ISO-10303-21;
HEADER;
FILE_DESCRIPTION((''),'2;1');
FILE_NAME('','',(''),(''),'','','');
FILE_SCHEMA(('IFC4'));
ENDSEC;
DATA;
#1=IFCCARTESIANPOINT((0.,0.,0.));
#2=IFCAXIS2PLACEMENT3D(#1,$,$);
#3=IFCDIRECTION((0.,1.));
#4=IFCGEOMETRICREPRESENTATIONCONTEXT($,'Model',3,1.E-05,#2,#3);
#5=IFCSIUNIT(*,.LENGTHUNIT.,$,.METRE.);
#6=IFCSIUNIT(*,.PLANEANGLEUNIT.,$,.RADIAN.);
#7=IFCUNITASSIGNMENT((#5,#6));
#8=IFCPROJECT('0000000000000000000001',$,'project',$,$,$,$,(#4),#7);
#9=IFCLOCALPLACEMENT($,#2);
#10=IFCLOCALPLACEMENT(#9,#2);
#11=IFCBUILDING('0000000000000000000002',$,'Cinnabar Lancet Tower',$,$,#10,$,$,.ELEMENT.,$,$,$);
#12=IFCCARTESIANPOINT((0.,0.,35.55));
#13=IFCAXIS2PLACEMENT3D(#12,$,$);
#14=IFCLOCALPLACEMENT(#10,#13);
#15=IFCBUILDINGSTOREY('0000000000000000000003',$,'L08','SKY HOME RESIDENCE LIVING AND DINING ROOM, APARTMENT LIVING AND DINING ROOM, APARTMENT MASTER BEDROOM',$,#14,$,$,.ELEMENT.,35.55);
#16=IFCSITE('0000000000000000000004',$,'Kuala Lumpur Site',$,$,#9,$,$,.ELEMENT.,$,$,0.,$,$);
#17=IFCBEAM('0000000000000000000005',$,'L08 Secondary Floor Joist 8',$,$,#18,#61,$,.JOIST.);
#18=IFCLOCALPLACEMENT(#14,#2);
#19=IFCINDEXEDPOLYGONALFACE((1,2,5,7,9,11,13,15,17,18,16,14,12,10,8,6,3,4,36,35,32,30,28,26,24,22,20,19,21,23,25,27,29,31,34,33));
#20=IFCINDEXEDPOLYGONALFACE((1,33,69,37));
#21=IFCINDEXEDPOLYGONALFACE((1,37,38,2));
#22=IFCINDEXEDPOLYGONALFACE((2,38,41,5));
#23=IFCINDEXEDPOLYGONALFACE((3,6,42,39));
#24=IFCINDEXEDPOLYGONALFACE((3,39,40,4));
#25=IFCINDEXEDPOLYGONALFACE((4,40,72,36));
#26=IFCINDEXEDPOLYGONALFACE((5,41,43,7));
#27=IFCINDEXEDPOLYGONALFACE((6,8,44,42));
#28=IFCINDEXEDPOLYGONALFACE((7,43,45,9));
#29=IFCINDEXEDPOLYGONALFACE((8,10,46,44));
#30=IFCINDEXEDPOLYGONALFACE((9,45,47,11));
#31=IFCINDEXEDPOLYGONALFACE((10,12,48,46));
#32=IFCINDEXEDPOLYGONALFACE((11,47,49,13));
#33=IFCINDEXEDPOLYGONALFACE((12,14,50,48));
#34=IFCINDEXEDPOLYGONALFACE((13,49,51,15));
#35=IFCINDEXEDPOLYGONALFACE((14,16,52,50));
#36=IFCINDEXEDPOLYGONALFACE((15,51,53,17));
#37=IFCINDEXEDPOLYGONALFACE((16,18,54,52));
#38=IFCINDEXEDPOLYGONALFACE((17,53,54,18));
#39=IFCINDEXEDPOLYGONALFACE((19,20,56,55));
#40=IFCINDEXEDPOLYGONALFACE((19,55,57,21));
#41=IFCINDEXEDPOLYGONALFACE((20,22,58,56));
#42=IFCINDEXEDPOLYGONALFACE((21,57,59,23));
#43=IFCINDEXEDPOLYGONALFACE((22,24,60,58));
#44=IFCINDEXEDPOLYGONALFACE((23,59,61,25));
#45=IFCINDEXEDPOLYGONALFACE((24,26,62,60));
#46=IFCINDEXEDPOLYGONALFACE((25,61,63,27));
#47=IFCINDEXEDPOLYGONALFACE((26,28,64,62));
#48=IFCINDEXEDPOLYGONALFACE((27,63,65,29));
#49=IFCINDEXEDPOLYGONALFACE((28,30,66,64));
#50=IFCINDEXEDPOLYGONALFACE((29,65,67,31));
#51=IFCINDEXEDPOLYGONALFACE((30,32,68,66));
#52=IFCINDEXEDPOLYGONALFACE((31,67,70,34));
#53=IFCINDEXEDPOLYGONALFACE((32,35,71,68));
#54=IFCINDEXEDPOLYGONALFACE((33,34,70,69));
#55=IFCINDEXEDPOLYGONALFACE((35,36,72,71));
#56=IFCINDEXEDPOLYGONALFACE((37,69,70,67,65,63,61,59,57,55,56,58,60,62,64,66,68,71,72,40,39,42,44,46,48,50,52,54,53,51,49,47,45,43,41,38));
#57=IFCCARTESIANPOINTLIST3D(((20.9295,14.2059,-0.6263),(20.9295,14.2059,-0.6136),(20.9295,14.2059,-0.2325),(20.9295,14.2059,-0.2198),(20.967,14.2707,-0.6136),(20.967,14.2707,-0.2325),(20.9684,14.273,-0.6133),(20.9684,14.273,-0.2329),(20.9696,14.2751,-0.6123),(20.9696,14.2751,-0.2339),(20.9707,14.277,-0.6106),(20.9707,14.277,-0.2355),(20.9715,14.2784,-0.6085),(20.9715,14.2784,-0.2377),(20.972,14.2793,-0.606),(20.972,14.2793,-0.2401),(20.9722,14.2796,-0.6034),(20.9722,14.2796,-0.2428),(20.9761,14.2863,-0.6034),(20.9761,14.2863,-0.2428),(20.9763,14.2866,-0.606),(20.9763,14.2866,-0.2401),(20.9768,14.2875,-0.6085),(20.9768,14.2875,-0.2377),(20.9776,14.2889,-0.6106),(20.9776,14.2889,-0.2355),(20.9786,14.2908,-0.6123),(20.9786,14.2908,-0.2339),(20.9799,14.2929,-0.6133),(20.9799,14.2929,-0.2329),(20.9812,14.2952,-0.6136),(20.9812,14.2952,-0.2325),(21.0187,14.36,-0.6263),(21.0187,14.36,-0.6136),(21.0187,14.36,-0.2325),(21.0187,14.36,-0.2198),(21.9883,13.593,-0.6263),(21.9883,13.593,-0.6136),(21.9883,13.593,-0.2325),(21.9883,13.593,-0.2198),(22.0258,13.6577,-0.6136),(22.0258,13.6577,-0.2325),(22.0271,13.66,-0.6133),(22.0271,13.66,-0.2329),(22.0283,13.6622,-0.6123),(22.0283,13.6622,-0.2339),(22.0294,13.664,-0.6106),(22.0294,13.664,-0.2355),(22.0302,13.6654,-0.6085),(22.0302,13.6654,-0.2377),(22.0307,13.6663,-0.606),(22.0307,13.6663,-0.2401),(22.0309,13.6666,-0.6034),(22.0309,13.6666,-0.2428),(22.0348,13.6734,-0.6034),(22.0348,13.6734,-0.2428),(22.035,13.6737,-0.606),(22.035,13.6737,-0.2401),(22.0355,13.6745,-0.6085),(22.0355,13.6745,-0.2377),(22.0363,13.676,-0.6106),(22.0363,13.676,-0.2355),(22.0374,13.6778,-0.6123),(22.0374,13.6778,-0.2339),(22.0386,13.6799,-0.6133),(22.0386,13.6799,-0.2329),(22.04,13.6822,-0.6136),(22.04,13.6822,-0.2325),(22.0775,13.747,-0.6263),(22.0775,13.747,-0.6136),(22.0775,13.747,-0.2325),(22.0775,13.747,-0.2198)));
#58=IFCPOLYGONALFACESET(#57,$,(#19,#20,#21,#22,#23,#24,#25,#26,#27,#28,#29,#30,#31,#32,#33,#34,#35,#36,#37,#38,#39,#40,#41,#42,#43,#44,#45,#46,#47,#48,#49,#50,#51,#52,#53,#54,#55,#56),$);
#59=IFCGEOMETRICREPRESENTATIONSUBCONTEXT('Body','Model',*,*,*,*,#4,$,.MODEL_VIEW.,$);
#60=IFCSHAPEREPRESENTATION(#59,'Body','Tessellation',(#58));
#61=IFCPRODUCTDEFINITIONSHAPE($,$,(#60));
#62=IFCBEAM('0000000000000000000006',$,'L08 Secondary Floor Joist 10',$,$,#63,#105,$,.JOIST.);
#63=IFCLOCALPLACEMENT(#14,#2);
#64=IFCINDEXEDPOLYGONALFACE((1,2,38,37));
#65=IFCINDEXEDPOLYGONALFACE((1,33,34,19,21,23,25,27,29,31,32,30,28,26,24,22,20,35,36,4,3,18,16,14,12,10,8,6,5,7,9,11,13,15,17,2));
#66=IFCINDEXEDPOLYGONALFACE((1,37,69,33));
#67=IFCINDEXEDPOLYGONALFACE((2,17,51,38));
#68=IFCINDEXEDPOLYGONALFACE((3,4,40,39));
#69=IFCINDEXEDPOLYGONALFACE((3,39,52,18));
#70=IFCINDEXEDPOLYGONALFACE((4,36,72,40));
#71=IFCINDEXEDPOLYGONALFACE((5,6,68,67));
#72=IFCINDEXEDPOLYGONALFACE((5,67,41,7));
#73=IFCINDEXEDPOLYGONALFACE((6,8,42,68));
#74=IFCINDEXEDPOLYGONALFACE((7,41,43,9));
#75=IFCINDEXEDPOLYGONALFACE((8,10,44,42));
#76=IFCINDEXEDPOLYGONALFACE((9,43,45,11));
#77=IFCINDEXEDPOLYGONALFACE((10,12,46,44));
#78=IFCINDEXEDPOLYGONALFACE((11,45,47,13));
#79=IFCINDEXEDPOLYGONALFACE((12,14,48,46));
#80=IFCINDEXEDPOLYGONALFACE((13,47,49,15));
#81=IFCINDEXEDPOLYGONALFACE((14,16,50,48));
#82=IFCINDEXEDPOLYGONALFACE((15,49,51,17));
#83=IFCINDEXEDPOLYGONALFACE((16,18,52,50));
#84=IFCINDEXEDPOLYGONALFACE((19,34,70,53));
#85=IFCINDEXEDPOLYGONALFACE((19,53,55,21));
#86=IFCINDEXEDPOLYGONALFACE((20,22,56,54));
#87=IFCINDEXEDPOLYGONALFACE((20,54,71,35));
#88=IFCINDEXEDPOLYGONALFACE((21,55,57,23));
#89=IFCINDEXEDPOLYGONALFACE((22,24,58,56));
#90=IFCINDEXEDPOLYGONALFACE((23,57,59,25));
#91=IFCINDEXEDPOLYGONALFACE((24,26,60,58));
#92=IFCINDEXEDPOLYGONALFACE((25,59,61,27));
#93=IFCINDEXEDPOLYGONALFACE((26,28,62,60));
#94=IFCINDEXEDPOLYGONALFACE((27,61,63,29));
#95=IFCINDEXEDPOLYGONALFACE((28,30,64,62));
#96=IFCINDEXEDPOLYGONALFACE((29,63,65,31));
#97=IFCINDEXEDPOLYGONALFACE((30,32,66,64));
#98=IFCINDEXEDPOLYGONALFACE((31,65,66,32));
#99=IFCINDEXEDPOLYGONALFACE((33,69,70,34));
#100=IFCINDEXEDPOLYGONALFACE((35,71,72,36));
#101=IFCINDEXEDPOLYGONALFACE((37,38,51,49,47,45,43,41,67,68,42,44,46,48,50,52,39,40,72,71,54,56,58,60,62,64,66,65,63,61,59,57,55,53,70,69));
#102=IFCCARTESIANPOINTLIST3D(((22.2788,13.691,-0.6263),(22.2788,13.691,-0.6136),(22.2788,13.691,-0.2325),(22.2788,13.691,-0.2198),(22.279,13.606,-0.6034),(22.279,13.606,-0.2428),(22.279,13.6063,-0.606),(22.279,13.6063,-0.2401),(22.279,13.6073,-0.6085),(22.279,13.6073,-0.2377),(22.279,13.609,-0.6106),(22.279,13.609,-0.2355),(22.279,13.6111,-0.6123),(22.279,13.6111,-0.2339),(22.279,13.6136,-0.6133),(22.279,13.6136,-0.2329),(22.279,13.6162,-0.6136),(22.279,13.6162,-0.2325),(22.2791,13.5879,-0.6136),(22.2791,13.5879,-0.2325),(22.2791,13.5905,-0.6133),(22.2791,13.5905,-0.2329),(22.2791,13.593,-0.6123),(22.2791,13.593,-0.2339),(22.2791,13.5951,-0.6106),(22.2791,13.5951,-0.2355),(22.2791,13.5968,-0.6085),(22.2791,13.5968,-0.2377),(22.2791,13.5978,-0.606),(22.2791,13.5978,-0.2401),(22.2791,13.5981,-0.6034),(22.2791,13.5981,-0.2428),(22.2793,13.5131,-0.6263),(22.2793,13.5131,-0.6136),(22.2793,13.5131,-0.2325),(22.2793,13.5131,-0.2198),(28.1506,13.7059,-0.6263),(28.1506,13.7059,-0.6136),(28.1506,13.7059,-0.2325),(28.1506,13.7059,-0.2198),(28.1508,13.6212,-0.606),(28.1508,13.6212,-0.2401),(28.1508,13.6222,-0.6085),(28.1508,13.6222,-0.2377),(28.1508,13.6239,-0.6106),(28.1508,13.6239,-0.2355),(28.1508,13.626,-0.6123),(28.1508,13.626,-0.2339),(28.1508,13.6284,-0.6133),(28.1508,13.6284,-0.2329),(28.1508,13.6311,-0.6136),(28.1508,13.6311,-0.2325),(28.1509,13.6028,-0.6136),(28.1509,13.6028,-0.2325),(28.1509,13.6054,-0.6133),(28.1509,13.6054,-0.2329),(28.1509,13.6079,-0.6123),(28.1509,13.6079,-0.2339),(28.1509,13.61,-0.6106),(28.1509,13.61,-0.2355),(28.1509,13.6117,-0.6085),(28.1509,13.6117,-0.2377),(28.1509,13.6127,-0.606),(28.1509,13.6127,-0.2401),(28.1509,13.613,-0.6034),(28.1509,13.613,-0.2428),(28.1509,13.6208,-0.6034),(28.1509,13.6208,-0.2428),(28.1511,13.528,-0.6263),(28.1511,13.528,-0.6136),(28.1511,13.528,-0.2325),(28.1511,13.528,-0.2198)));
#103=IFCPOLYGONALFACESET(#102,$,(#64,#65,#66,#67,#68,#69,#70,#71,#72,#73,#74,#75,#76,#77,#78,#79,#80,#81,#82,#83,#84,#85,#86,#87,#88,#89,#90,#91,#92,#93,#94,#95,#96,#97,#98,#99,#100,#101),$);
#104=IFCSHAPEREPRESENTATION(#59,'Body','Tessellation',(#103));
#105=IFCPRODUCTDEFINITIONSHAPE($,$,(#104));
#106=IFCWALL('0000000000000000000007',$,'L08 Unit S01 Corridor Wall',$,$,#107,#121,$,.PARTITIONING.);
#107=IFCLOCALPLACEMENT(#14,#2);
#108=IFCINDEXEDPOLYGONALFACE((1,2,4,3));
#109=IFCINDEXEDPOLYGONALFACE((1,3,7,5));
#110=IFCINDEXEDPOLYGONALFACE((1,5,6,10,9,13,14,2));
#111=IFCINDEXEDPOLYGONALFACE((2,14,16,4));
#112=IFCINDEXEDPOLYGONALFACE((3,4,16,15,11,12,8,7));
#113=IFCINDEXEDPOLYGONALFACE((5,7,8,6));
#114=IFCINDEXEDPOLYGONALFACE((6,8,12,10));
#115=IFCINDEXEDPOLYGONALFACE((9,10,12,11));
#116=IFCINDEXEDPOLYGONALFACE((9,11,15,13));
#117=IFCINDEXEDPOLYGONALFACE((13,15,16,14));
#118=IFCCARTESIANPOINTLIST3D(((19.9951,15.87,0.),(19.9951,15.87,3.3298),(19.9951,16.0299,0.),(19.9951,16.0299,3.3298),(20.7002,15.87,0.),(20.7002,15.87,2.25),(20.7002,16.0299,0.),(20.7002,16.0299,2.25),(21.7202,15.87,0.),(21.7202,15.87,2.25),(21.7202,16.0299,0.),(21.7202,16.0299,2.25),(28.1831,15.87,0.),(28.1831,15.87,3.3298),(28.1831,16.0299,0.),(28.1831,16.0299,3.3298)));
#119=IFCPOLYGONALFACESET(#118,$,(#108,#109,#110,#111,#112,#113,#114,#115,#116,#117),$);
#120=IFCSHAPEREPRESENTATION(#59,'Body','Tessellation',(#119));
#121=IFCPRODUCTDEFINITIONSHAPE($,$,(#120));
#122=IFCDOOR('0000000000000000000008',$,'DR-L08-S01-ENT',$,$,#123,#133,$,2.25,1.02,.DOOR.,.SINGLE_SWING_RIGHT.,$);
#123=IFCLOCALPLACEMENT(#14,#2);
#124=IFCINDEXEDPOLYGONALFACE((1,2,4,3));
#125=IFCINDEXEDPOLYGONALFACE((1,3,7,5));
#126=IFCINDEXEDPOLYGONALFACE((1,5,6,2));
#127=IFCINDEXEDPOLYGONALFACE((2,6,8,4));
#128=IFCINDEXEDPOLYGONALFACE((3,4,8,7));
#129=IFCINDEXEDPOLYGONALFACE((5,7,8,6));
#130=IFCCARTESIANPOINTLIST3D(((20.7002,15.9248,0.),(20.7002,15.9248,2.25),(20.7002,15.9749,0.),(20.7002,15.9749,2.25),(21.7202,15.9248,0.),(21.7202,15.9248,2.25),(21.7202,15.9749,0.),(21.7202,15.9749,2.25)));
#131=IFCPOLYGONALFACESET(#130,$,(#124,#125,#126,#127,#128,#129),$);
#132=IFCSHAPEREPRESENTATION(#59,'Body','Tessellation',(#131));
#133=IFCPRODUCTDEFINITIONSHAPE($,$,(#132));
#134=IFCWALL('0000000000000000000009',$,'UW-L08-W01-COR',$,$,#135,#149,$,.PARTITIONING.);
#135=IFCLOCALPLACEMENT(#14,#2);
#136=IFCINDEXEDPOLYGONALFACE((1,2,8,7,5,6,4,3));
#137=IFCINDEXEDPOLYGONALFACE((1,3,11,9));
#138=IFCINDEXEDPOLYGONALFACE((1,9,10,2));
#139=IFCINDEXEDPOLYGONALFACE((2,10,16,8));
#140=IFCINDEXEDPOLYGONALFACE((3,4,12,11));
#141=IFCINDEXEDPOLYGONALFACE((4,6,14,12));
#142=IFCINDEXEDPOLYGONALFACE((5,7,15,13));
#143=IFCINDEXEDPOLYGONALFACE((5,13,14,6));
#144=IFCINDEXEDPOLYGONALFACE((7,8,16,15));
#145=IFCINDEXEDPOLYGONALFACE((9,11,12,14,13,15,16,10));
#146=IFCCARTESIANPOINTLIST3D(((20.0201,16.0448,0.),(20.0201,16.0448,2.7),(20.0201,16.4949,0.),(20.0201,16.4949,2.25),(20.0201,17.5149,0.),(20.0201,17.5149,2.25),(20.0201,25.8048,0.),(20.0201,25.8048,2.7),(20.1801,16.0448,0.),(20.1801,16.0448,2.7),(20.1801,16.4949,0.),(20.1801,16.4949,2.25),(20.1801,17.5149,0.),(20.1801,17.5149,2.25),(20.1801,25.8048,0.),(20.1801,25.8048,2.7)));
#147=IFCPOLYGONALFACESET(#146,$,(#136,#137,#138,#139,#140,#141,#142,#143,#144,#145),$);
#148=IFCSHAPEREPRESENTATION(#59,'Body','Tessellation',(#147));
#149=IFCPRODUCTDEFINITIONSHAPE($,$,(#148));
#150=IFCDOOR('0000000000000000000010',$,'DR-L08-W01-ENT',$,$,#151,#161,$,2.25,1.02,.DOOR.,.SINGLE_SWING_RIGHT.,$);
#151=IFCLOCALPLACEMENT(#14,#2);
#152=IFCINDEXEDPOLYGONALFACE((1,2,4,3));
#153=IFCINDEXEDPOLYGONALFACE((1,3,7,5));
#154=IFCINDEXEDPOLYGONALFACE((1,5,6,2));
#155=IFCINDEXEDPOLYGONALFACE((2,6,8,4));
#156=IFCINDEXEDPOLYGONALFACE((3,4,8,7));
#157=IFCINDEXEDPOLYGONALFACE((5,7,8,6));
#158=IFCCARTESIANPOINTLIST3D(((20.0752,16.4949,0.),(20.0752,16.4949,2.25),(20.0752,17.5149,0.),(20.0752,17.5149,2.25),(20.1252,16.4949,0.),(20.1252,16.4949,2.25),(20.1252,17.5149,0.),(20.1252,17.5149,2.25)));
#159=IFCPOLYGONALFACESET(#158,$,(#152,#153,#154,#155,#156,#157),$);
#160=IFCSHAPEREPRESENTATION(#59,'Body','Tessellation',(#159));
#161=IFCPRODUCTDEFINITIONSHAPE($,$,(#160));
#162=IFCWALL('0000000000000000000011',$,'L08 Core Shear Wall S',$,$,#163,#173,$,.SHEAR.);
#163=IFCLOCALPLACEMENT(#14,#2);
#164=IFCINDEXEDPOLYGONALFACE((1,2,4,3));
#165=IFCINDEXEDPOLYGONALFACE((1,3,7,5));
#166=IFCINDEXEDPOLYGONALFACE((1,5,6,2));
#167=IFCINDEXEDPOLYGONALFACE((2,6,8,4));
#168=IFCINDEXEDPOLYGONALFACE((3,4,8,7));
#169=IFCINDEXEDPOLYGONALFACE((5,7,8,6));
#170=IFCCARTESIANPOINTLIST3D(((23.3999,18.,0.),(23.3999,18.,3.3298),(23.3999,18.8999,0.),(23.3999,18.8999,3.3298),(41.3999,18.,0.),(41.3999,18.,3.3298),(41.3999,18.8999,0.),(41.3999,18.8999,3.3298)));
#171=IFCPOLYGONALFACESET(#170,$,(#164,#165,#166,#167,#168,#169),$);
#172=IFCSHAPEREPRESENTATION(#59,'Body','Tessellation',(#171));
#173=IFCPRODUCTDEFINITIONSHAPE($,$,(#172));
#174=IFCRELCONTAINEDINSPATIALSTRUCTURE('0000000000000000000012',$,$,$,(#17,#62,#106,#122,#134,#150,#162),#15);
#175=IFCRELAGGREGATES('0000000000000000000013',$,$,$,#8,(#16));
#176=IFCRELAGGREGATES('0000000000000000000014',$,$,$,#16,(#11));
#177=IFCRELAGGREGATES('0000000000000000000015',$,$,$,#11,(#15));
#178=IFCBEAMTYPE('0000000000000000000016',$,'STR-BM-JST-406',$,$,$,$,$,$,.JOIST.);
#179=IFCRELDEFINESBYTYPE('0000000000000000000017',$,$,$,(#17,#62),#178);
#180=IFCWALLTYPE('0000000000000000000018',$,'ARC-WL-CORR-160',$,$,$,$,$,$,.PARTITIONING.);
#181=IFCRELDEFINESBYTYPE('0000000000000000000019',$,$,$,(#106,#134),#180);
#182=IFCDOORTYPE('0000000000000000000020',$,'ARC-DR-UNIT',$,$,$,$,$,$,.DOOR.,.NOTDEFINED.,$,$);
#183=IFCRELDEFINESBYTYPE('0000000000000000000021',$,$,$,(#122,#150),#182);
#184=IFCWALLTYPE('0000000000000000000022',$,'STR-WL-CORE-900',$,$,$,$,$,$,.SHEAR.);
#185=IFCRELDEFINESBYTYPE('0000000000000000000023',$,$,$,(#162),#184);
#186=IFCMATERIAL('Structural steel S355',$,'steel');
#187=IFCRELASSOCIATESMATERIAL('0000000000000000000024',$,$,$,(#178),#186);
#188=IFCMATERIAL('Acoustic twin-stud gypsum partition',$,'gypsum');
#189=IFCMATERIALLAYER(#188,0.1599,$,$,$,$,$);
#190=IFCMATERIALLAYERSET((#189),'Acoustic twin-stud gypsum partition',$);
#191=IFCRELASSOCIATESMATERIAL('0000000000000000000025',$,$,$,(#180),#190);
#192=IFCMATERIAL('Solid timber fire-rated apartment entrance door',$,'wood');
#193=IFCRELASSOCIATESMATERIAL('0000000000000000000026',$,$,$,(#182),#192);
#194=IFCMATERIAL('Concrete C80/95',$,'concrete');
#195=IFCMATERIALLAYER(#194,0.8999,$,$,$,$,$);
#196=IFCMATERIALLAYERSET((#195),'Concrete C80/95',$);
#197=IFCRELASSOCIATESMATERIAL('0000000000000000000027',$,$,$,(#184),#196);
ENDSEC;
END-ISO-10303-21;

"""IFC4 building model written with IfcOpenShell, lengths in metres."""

from ifc_helpers import new_model, si_unit, direction, frame, frame_2d, origin, origin_2d, place, context, subcontext, project, spatial, rectangle, i_section, extrude, material, layer, layer_set, material_profile, profile_set, type_object, element, fill, save


model = new_model("IFC4")

# Units and contexts
model_context = context("Model", 3, precision=1e-05, world=origin(), true_north=direction((0.0, 1.0)))
body_context = subcontext(model_context, "Body", "Model", "MODEL_VIEW")
ifc_project = project(units=[si_unit("LENGTHUNIT", "METRE"), si_unit("PLANEANGLEUNIT", "RADIAN")], contexts=[model_context])

# Site, building, storey
site_placement = place(None, origin())
site = spatial("IfcSite", under=ifc_project, at=site_placement, Name="Kuala Lumpur Site", CompositionType="ELEMENT", RefElevation=0.0)
building_placement = place(site_placement, origin())
building = spatial("IfcBuilding", under=site, at=building_placement, Name="Cinnabar Lancet Tower", CompositionType="ELEMENT")
storey_placement = place(building_placement, frame((0.0, 0.0, 35.55)))
storey = spatial("IfcBuildingStorey", under=building, at=storey_placement, Name="L08", Description="SKY HOME RESIDENCE LIVING AND DINING ROOM, APARTMENT LIVING AND DINING ROOM, APARTMENT MASTER BEDROOM", CompositionType="ELEMENT", Elevation=35.55)

# Beams
ifc_material_1 = material(Name="Structural steel S355", Category="steel")
ifc_material_profile_1 = material_profile(ifc_material_1, i_section(OverallWidth=0.178, OverallDepth=0.4065, WebThickness=0.0078, FlangeThickness=0.0127, FilletRadius=0.0103, at=origin_2d()), Name="UKB 406x178x60")
ifc_profile_set_1 = profile_set([ifc_material_profile_1], Name="Structural steel S355")
beam_type = type_object("IfcBeamType", Name="STR-BM-JST-406", PredefinedType="JOIST", material=ifc_profile_set_1)
beam_1_placement = place(storey_placement, frame((20.9741, 14.283, -0.4231), z_axis=(0.865417, -0.501052, 0.0), x_axis=(0.501052, 0.865417, 0.0)))
element("IfcBeam", 1, at=beam_1_placement, inside=storey, type_object=beam_type, Name="L08 Secondary Floor Joist 8", PredefinedType="JOIST", context=body_context, shape_type="SweptSolid", body=[
    extrude(i_section(OverallWidth=0.178, OverallDepth=0.4065, WebThickness=0.0078, FlangeThickness=0.0127, FilletRadius=0.0103, at=origin_2d()), origin(), (0.0, 0.0, 1.0), 1.2234),
])
beam_2_placement = place(storey_placement, frame((22.2791, 13.6021, -0.4231), z_axis=(0.999997, 0.002536, 0.0), x_axis=(-0.002536, 0.999997, 0.0)))
element("IfcBeam", 2, at=beam_2_placement, inside=storey, type_object=beam_type, Name="L08 Secondary Floor Joist 10", PredefinedType="JOIST", context=body_context, shape_type="SweptSolid", body=[
    extrude(i_section(OverallWidth=0.178, OverallDepth=0.4065, WebThickness=0.0078, FlangeThickness=0.0127, FilletRadius=0.0103, at=origin_2d()), origin(), (0.0, 0.0, 1.0), 5.8718),
])

# Walls, openings, doors
ifc_material_2 = material(Name="Acoustic twin-stud gypsum partition", Category="gypsum")
ifc_layer_1 = layer(ifc_material_2, 0.1599)
ifc_layer_set_1 = layer_set([ifc_layer_1], Name="Acoustic twin-stud gypsum partition")
wall_type_1 = type_object("IfcWallType", Name="ARC-WL-CORR-160", PredefinedType="PARTITIONING", material=ifc_layer_set_1)
wall_1_placement = place(storey_placement, frame((19.9951, 15.95, 0.0), z_axis=(0.0, 0.0, 1.0), x_axis=(1.0, 0.0, 0.0)))
wall_1 = element("IfcWall", 3, at=wall_1_placement, inside=storey, type_object=wall_type_1, Name="L08 Unit S01 Corridor Wall", PredefinedType="PARTITIONING", context=body_context, shape_type="SweptSolid", body=[
    extrude(rectangle(XDim=8.188, YDim=0.1599, at=frame_2d((4.094, 0.0))), origin(), (0.0, 0.0, 1.0), 3.3298),
])
opening_1_placement = place(wall_1_placement, frame((0.7051, 0.0, 0.0)))
opening_1 = element("IfcOpeningElement", 4, at=opening_1_placement, cuts=wall_1, PredefinedType="OPENING", context=body_context, shape_type="SweptSolid", body=[
    extrude(rectangle(XDim=1.02, YDim=2.25, at=frame_2d((0.51, 1.125))), frame((0.0, 0.0898, 0.0), z_axis=(0.0, -1.0, 0.0), x_axis=(1.0, 0.0, 0.0)), (0.0, 0.0, 1.0), 0.1799),
])
ifc_material_3 = material(Name="Solid timber fire-rated apartment entrance door", Category="wood")
door_type_1 = type_object("IfcDoorType", Name="ARC-DR-UNIT", OperationType="NOTDEFINED", PredefinedType="DOOR", material=ifc_material_3)
door_1_placement = place(opening_1_placement, origin())
door_1 = element("IfcDoor", 5, at=door_1_placement, inside=storey, type_object=door_type_1, Name="DR-L08-S01-ENT", OperationType="SINGLE_SWING_RIGHT", OverallHeight=2.25, OverallWidth=1.02, PredefinedType="DOOR", context=body_context, shape_type="SweptSolid", body=[
    extrude(rectangle(XDim=1.02, YDim=2.25, at=frame_2d((0.51, 1.125))), frame((0.0, 0.0249, 0.0), z_axis=(0.0, -1.0, 0.0), x_axis=(1.0, 0.0, 0.0)), (0.0, 0.0, 1.0), 0.05),
])
fill(opening_1, door_1)
wall_2_placement = place(storey_placement, frame((20.1001, 16.0449, 0.0), z_axis=(0.0, 0.0, 1.0), x_axis=(0.0, 1.0, 0.0)))
wall_2 = element("IfcWall", 6, at=wall_2_placement, inside=storey, type_object=wall_type_1, Name="UW-L08-W01-COR", PredefinedType="PARTITIONING", context=body_context, shape_type="SweptSolid", body=[
    extrude(rectangle(XDim=9.76, YDim=0.1599, at=frame_2d((4.8799, 0.0))), origin(), (0.0, 0.0, 1.0), 2.7),
])
opening_2_placement = place(wall_2_placement, frame((0.45, 0.0, 0.0)))
opening_2 = element("IfcOpeningElement", 7, at=opening_2_placement, cuts=wall_2, PredefinedType="OPENING", context=body_context, shape_type="SweptSolid", body=[
    extrude(rectangle(XDim=1.02, YDim=2.25, at=frame_2d((0.51, 1.125))), frame((0.0, 0.0898, 0.0), z_axis=(0.0, -1.0, 0.0), x_axis=(1.0, 0.0, 0.0)), (0.0, 0.0, 1.0), 0.1799),
])
door_2_placement = place(opening_2_placement, origin())
door_2 = element("IfcDoor", 8, at=door_2_placement, inside=storey, type_object=door_type_1, Name="DR-L08-W01-ENT", OperationType="SINGLE_SWING_RIGHT", OverallHeight=2.25, OverallWidth=1.02, PredefinedType="DOOR", context=body_context, shape_type="SweptSolid", body=[
    extrude(rectangle(XDim=1.02, YDim=2.25, at=frame_2d((0.51, 1.125))), frame((0.0, 0.0249, 0.0), z_axis=(0.0, -1.0, 0.0), x_axis=(1.0, 0.0, 0.0)), (0.0, 0.0, 1.0), 0.05),
])
fill(opening_2, door_2)

# Wall
ifc_material_4 = material(Name="Concrete C80/95", Category="concrete")
ifc_layer_2 = layer(ifc_material_4, 0.8999)
ifc_layer_set_2 = layer_set([ifc_layer_2], Name="Concrete C80/95")
wall_type_2 = type_object("IfcWallType", Name="STR-WL-CORE-900", PredefinedType="SHEAR", material=ifc_layer_set_2)
wall_3_placement = place(storey_placement, frame((23.3999, 18.45, 0.0), z_axis=(0.0, 0.0, 1.0), x_axis=(1.0, 0.0, 0.0)))
element("IfcWall", 9, at=wall_3_placement, inside=storey, type_object=wall_type_2, Name="L08 Core Shear Wall S", PredefinedType="SHEAR", context=body_context, shape_type="SweptSolid", body=[
    extrude(rectangle(XDim=18.0, YDim=0.8999, at=frame_2d((9.0, 0.0))), origin(), (0.0, 0.0, 1.0), 3.3298),
])

save(model, "model.ifc")
